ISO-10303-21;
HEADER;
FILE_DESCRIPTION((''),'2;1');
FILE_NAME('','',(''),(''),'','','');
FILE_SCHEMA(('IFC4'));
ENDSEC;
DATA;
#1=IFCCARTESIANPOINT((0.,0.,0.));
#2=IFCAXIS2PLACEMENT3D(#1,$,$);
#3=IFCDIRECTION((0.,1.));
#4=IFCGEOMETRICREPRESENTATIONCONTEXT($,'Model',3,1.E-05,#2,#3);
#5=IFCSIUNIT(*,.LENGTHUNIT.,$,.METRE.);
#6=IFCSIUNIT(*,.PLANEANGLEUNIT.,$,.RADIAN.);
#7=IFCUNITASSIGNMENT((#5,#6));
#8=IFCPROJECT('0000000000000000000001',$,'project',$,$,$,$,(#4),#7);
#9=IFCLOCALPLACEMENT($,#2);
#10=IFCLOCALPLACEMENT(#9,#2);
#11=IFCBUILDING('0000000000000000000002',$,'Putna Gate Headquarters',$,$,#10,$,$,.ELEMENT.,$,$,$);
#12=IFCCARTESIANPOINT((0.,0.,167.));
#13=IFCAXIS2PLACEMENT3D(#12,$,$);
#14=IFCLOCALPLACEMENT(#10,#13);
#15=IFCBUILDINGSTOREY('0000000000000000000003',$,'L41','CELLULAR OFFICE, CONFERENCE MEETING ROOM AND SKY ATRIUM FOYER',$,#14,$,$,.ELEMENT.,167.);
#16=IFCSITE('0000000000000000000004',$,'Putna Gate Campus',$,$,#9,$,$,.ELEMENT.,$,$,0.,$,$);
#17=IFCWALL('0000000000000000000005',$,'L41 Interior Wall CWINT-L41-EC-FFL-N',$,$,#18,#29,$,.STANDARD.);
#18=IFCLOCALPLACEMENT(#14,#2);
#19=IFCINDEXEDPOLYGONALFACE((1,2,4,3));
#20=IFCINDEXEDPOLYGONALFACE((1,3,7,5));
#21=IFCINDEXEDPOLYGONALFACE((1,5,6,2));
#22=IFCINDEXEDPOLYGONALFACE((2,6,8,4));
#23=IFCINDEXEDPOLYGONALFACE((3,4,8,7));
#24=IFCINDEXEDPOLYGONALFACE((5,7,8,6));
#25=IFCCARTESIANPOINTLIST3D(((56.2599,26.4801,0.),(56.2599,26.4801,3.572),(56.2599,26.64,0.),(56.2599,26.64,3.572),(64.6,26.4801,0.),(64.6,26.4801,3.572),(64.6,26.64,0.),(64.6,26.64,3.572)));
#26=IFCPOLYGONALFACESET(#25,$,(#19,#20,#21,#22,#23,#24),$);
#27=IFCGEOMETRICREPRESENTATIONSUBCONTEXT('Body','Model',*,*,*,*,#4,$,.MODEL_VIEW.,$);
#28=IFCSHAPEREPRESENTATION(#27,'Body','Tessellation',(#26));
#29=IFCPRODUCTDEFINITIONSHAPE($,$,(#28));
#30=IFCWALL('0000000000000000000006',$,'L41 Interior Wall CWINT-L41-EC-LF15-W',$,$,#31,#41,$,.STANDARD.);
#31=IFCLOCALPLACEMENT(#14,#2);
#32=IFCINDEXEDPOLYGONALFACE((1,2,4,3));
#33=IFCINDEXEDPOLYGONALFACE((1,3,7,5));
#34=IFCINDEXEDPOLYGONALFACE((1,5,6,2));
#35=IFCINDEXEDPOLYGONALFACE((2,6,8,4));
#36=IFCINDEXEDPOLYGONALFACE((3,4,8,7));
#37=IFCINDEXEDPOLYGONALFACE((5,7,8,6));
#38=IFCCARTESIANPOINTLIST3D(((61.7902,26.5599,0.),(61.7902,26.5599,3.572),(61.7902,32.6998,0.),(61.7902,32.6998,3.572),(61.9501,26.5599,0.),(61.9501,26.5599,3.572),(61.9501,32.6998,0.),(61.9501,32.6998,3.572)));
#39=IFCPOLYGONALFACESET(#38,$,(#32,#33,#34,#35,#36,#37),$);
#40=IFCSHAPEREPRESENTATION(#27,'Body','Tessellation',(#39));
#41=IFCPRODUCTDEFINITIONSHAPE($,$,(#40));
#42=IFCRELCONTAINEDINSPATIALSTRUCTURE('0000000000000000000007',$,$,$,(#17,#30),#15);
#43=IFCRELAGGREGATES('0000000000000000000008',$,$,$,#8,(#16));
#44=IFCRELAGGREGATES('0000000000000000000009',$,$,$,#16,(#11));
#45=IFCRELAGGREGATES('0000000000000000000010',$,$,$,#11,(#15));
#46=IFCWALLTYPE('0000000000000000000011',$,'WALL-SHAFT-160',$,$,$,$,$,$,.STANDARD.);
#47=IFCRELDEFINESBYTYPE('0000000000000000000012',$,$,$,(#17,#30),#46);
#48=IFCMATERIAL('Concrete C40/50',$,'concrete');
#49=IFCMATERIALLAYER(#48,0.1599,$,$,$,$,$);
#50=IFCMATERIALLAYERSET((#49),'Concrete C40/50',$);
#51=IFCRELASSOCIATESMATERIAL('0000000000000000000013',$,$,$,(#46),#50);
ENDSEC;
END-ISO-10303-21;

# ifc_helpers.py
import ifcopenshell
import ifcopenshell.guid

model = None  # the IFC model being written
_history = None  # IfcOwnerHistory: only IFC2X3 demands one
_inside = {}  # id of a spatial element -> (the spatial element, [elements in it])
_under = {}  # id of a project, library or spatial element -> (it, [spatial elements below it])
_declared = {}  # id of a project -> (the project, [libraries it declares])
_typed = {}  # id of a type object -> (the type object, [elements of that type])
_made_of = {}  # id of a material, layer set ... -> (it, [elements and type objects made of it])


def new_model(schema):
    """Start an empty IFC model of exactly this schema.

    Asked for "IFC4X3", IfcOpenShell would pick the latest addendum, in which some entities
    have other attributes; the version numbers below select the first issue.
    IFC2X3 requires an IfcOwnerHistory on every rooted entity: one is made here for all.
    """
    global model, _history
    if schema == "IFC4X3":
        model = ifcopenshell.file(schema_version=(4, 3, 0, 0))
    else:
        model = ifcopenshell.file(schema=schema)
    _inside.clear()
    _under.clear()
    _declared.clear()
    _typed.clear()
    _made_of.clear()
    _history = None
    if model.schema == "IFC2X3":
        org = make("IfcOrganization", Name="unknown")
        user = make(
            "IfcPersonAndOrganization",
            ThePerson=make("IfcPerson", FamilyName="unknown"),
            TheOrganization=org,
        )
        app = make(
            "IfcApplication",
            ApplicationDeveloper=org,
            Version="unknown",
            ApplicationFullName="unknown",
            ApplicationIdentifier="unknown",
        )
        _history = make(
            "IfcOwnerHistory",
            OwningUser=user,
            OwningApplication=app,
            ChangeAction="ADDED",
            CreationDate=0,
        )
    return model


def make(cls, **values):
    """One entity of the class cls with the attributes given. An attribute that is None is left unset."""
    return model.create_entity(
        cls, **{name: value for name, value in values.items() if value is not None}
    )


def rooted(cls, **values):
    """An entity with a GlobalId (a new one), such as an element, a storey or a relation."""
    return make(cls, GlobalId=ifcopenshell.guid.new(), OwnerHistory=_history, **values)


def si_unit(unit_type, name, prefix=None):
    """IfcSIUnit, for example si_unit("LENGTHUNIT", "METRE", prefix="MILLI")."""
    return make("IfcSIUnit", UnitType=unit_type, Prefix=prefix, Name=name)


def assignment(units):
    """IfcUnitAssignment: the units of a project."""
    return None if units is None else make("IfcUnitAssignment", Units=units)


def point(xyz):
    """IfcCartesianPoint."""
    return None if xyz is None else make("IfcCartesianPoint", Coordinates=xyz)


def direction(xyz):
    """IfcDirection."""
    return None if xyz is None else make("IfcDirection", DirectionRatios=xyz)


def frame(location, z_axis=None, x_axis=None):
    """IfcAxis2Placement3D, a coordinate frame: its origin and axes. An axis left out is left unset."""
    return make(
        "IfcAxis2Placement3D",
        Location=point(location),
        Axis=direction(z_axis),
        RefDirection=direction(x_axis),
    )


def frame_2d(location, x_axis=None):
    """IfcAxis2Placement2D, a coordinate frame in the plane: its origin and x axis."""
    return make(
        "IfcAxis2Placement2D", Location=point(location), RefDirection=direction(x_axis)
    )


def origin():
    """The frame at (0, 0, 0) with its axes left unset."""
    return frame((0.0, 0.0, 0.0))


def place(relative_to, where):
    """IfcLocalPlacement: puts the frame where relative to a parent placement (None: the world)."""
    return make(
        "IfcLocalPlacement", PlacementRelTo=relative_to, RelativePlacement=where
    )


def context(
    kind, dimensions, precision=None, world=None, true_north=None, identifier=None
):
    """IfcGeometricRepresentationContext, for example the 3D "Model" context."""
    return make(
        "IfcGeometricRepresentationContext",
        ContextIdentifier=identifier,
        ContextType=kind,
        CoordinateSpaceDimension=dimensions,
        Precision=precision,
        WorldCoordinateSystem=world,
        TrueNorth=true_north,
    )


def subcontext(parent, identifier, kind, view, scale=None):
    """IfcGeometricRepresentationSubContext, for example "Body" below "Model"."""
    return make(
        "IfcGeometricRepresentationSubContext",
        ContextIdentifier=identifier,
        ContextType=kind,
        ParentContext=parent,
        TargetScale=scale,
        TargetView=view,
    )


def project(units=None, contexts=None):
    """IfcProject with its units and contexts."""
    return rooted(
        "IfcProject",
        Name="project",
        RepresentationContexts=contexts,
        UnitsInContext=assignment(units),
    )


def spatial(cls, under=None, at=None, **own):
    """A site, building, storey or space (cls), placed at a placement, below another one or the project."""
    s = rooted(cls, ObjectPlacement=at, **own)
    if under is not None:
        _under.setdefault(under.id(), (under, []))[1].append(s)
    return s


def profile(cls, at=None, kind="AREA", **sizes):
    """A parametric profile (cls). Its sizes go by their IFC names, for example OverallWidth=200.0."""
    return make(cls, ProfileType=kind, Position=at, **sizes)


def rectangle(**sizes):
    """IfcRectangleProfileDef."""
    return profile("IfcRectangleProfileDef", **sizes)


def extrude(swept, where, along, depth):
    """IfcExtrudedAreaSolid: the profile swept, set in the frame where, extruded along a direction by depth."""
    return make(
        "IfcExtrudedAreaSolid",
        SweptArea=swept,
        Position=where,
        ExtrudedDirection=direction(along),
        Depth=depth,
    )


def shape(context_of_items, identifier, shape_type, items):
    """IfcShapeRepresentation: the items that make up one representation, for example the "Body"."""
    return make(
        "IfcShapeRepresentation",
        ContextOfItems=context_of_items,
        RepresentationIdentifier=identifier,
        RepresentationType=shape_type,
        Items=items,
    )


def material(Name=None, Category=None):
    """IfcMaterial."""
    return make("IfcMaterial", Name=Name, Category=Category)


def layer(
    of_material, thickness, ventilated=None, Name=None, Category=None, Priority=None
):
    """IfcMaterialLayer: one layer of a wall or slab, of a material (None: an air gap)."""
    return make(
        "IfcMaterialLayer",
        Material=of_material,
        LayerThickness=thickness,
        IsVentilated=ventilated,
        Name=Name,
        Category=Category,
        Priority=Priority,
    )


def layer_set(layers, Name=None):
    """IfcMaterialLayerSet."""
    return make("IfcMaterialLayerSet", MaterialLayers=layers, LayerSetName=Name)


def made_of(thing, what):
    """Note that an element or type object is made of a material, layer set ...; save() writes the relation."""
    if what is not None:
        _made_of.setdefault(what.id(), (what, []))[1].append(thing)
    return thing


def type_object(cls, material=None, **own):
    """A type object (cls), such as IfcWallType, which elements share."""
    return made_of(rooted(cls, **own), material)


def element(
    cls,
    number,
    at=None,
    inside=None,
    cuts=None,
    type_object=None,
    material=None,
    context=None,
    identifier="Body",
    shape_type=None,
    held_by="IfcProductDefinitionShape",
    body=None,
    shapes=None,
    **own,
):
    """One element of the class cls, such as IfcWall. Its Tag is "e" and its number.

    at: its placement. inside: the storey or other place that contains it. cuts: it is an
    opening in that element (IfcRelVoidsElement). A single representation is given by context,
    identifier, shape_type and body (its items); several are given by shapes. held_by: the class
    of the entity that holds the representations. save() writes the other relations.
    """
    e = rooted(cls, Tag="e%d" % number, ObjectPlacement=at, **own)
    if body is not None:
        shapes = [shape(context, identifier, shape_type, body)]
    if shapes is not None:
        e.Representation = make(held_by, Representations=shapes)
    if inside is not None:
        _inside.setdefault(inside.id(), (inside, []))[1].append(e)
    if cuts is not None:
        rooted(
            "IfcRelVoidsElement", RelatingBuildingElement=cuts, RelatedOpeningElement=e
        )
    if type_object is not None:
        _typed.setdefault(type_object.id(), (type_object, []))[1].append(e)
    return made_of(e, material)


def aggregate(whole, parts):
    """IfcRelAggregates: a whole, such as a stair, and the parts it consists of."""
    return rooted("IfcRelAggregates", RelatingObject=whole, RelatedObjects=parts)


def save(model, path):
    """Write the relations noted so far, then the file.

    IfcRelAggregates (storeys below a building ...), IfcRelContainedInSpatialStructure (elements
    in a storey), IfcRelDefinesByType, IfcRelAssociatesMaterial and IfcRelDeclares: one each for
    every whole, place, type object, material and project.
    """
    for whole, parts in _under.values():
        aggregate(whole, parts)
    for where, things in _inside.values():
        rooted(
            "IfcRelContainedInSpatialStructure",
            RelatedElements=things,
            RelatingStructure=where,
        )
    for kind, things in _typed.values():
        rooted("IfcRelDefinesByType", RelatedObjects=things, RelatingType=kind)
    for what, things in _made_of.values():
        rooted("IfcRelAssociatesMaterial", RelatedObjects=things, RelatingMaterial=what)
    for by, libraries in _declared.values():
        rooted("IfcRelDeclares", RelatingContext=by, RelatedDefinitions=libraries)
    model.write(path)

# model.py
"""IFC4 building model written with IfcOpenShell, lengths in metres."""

from ifc_helpers import new_model, si_unit, direction, frame, frame_2d, origin, place, context, subcontext, project, spatial, rectangle, extrude, material, layer, layer_set, type_object, element, save


model = new_model("IFC4")

# Units and contexts
model_context = context("Model", 3, precision=1e-05, world=origin(), true_north=direction((0.0, 1.0)))
body_context = subcontext(model_context, "Body", "Model", "MODEL_VIEW")
ifc_project = project(units=[si_unit("LENGTHUNIT", "METRE"), si_unit("PLANEANGLEUNIT", "RADIAN")], contexts=[model_context])

# Site, building, storey
site_placement = place(None, origin())
site = spatial("IfcSite", under=ifc_project, at=site_placement, Name="Putna Gate Campus", CompositionType="ELEMENT", RefElevation=0.0)
building_placement = place(site_placement, origin())
building = spatial("IfcBuilding", under=site, at=building_placement, Name="Putna Gate Headquarters", CompositionType="ELEMENT")
storey_placement = place(building_placement, frame((0.0, 0.0, 167.0)))
storey = spatial("IfcBuildingStorey", under=building, at=storey_placement, Name="L41", Description="CELLULAR OFFICE, CONFERENCE MEETING ROOM AND SKY ATRIUM FOYER", CompositionType="ELEMENT", Elevation=167.0)

# Shared definitions
ifc_material_1 = material(Name="Concrete C40/50", Category="concrete")
ifc_layer_1 = layer(ifc_material_1, 0.1599)
ifc_layer_set_1 = layer_set([ifc_layer_1], Name="Concrete C40/50")
wall_type_1 = type_object("IfcWallType", Name="WALL-SHAFT-160", PredefinedType="STANDARD", material=ifc_layer_set_1)

# Walls
wall_1_placement = place(storey_placement, frame((56.26, 26.5601, 0.0), z_axis=(0.0, 0.0, 1.0), x_axis=(1.0, 0.0, 0.0)))
element("IfcWall", 1, at=wall_1_placement, inside=storey, type_object=wall_type_1, Name="L41 Interior Wall CWINT-L41-EC-FFL-N", PredefinedType="STANDARD", context=body_context, shape_type="SweptSolid", body=[
    extrude(rectangle(XDim=8.3401, YDim=0.1599, at=frame_2d((4.1699, 0.0))), origin(), (0.0, 0.0, 1.0), 3.572),
])
wall_2_placement = place(storey_placement, frame((61.8701, 26.5601, 0.0), z_axis=(0.0, 0.0, 1.0), x_axis=(0.0, 1.0, 0.0)))
element("IfcWall", 2, at=wall_2_placement, inside=storey, type_object=wall_type_1, Name="L41 Interior Wall CWINT-L41-EC-LF15-W", PredefinedType="STANDARD", context=body_context, shape_type="SweptSolid", body=[
    extrude(rectangle(XDim=6.1399, YDim=0.1599, at=frame_2d((3.0698, 0.0))), origin(), (0.0, 0.0, 1.0), 3.572),
])

save(model, "model.ifc")
